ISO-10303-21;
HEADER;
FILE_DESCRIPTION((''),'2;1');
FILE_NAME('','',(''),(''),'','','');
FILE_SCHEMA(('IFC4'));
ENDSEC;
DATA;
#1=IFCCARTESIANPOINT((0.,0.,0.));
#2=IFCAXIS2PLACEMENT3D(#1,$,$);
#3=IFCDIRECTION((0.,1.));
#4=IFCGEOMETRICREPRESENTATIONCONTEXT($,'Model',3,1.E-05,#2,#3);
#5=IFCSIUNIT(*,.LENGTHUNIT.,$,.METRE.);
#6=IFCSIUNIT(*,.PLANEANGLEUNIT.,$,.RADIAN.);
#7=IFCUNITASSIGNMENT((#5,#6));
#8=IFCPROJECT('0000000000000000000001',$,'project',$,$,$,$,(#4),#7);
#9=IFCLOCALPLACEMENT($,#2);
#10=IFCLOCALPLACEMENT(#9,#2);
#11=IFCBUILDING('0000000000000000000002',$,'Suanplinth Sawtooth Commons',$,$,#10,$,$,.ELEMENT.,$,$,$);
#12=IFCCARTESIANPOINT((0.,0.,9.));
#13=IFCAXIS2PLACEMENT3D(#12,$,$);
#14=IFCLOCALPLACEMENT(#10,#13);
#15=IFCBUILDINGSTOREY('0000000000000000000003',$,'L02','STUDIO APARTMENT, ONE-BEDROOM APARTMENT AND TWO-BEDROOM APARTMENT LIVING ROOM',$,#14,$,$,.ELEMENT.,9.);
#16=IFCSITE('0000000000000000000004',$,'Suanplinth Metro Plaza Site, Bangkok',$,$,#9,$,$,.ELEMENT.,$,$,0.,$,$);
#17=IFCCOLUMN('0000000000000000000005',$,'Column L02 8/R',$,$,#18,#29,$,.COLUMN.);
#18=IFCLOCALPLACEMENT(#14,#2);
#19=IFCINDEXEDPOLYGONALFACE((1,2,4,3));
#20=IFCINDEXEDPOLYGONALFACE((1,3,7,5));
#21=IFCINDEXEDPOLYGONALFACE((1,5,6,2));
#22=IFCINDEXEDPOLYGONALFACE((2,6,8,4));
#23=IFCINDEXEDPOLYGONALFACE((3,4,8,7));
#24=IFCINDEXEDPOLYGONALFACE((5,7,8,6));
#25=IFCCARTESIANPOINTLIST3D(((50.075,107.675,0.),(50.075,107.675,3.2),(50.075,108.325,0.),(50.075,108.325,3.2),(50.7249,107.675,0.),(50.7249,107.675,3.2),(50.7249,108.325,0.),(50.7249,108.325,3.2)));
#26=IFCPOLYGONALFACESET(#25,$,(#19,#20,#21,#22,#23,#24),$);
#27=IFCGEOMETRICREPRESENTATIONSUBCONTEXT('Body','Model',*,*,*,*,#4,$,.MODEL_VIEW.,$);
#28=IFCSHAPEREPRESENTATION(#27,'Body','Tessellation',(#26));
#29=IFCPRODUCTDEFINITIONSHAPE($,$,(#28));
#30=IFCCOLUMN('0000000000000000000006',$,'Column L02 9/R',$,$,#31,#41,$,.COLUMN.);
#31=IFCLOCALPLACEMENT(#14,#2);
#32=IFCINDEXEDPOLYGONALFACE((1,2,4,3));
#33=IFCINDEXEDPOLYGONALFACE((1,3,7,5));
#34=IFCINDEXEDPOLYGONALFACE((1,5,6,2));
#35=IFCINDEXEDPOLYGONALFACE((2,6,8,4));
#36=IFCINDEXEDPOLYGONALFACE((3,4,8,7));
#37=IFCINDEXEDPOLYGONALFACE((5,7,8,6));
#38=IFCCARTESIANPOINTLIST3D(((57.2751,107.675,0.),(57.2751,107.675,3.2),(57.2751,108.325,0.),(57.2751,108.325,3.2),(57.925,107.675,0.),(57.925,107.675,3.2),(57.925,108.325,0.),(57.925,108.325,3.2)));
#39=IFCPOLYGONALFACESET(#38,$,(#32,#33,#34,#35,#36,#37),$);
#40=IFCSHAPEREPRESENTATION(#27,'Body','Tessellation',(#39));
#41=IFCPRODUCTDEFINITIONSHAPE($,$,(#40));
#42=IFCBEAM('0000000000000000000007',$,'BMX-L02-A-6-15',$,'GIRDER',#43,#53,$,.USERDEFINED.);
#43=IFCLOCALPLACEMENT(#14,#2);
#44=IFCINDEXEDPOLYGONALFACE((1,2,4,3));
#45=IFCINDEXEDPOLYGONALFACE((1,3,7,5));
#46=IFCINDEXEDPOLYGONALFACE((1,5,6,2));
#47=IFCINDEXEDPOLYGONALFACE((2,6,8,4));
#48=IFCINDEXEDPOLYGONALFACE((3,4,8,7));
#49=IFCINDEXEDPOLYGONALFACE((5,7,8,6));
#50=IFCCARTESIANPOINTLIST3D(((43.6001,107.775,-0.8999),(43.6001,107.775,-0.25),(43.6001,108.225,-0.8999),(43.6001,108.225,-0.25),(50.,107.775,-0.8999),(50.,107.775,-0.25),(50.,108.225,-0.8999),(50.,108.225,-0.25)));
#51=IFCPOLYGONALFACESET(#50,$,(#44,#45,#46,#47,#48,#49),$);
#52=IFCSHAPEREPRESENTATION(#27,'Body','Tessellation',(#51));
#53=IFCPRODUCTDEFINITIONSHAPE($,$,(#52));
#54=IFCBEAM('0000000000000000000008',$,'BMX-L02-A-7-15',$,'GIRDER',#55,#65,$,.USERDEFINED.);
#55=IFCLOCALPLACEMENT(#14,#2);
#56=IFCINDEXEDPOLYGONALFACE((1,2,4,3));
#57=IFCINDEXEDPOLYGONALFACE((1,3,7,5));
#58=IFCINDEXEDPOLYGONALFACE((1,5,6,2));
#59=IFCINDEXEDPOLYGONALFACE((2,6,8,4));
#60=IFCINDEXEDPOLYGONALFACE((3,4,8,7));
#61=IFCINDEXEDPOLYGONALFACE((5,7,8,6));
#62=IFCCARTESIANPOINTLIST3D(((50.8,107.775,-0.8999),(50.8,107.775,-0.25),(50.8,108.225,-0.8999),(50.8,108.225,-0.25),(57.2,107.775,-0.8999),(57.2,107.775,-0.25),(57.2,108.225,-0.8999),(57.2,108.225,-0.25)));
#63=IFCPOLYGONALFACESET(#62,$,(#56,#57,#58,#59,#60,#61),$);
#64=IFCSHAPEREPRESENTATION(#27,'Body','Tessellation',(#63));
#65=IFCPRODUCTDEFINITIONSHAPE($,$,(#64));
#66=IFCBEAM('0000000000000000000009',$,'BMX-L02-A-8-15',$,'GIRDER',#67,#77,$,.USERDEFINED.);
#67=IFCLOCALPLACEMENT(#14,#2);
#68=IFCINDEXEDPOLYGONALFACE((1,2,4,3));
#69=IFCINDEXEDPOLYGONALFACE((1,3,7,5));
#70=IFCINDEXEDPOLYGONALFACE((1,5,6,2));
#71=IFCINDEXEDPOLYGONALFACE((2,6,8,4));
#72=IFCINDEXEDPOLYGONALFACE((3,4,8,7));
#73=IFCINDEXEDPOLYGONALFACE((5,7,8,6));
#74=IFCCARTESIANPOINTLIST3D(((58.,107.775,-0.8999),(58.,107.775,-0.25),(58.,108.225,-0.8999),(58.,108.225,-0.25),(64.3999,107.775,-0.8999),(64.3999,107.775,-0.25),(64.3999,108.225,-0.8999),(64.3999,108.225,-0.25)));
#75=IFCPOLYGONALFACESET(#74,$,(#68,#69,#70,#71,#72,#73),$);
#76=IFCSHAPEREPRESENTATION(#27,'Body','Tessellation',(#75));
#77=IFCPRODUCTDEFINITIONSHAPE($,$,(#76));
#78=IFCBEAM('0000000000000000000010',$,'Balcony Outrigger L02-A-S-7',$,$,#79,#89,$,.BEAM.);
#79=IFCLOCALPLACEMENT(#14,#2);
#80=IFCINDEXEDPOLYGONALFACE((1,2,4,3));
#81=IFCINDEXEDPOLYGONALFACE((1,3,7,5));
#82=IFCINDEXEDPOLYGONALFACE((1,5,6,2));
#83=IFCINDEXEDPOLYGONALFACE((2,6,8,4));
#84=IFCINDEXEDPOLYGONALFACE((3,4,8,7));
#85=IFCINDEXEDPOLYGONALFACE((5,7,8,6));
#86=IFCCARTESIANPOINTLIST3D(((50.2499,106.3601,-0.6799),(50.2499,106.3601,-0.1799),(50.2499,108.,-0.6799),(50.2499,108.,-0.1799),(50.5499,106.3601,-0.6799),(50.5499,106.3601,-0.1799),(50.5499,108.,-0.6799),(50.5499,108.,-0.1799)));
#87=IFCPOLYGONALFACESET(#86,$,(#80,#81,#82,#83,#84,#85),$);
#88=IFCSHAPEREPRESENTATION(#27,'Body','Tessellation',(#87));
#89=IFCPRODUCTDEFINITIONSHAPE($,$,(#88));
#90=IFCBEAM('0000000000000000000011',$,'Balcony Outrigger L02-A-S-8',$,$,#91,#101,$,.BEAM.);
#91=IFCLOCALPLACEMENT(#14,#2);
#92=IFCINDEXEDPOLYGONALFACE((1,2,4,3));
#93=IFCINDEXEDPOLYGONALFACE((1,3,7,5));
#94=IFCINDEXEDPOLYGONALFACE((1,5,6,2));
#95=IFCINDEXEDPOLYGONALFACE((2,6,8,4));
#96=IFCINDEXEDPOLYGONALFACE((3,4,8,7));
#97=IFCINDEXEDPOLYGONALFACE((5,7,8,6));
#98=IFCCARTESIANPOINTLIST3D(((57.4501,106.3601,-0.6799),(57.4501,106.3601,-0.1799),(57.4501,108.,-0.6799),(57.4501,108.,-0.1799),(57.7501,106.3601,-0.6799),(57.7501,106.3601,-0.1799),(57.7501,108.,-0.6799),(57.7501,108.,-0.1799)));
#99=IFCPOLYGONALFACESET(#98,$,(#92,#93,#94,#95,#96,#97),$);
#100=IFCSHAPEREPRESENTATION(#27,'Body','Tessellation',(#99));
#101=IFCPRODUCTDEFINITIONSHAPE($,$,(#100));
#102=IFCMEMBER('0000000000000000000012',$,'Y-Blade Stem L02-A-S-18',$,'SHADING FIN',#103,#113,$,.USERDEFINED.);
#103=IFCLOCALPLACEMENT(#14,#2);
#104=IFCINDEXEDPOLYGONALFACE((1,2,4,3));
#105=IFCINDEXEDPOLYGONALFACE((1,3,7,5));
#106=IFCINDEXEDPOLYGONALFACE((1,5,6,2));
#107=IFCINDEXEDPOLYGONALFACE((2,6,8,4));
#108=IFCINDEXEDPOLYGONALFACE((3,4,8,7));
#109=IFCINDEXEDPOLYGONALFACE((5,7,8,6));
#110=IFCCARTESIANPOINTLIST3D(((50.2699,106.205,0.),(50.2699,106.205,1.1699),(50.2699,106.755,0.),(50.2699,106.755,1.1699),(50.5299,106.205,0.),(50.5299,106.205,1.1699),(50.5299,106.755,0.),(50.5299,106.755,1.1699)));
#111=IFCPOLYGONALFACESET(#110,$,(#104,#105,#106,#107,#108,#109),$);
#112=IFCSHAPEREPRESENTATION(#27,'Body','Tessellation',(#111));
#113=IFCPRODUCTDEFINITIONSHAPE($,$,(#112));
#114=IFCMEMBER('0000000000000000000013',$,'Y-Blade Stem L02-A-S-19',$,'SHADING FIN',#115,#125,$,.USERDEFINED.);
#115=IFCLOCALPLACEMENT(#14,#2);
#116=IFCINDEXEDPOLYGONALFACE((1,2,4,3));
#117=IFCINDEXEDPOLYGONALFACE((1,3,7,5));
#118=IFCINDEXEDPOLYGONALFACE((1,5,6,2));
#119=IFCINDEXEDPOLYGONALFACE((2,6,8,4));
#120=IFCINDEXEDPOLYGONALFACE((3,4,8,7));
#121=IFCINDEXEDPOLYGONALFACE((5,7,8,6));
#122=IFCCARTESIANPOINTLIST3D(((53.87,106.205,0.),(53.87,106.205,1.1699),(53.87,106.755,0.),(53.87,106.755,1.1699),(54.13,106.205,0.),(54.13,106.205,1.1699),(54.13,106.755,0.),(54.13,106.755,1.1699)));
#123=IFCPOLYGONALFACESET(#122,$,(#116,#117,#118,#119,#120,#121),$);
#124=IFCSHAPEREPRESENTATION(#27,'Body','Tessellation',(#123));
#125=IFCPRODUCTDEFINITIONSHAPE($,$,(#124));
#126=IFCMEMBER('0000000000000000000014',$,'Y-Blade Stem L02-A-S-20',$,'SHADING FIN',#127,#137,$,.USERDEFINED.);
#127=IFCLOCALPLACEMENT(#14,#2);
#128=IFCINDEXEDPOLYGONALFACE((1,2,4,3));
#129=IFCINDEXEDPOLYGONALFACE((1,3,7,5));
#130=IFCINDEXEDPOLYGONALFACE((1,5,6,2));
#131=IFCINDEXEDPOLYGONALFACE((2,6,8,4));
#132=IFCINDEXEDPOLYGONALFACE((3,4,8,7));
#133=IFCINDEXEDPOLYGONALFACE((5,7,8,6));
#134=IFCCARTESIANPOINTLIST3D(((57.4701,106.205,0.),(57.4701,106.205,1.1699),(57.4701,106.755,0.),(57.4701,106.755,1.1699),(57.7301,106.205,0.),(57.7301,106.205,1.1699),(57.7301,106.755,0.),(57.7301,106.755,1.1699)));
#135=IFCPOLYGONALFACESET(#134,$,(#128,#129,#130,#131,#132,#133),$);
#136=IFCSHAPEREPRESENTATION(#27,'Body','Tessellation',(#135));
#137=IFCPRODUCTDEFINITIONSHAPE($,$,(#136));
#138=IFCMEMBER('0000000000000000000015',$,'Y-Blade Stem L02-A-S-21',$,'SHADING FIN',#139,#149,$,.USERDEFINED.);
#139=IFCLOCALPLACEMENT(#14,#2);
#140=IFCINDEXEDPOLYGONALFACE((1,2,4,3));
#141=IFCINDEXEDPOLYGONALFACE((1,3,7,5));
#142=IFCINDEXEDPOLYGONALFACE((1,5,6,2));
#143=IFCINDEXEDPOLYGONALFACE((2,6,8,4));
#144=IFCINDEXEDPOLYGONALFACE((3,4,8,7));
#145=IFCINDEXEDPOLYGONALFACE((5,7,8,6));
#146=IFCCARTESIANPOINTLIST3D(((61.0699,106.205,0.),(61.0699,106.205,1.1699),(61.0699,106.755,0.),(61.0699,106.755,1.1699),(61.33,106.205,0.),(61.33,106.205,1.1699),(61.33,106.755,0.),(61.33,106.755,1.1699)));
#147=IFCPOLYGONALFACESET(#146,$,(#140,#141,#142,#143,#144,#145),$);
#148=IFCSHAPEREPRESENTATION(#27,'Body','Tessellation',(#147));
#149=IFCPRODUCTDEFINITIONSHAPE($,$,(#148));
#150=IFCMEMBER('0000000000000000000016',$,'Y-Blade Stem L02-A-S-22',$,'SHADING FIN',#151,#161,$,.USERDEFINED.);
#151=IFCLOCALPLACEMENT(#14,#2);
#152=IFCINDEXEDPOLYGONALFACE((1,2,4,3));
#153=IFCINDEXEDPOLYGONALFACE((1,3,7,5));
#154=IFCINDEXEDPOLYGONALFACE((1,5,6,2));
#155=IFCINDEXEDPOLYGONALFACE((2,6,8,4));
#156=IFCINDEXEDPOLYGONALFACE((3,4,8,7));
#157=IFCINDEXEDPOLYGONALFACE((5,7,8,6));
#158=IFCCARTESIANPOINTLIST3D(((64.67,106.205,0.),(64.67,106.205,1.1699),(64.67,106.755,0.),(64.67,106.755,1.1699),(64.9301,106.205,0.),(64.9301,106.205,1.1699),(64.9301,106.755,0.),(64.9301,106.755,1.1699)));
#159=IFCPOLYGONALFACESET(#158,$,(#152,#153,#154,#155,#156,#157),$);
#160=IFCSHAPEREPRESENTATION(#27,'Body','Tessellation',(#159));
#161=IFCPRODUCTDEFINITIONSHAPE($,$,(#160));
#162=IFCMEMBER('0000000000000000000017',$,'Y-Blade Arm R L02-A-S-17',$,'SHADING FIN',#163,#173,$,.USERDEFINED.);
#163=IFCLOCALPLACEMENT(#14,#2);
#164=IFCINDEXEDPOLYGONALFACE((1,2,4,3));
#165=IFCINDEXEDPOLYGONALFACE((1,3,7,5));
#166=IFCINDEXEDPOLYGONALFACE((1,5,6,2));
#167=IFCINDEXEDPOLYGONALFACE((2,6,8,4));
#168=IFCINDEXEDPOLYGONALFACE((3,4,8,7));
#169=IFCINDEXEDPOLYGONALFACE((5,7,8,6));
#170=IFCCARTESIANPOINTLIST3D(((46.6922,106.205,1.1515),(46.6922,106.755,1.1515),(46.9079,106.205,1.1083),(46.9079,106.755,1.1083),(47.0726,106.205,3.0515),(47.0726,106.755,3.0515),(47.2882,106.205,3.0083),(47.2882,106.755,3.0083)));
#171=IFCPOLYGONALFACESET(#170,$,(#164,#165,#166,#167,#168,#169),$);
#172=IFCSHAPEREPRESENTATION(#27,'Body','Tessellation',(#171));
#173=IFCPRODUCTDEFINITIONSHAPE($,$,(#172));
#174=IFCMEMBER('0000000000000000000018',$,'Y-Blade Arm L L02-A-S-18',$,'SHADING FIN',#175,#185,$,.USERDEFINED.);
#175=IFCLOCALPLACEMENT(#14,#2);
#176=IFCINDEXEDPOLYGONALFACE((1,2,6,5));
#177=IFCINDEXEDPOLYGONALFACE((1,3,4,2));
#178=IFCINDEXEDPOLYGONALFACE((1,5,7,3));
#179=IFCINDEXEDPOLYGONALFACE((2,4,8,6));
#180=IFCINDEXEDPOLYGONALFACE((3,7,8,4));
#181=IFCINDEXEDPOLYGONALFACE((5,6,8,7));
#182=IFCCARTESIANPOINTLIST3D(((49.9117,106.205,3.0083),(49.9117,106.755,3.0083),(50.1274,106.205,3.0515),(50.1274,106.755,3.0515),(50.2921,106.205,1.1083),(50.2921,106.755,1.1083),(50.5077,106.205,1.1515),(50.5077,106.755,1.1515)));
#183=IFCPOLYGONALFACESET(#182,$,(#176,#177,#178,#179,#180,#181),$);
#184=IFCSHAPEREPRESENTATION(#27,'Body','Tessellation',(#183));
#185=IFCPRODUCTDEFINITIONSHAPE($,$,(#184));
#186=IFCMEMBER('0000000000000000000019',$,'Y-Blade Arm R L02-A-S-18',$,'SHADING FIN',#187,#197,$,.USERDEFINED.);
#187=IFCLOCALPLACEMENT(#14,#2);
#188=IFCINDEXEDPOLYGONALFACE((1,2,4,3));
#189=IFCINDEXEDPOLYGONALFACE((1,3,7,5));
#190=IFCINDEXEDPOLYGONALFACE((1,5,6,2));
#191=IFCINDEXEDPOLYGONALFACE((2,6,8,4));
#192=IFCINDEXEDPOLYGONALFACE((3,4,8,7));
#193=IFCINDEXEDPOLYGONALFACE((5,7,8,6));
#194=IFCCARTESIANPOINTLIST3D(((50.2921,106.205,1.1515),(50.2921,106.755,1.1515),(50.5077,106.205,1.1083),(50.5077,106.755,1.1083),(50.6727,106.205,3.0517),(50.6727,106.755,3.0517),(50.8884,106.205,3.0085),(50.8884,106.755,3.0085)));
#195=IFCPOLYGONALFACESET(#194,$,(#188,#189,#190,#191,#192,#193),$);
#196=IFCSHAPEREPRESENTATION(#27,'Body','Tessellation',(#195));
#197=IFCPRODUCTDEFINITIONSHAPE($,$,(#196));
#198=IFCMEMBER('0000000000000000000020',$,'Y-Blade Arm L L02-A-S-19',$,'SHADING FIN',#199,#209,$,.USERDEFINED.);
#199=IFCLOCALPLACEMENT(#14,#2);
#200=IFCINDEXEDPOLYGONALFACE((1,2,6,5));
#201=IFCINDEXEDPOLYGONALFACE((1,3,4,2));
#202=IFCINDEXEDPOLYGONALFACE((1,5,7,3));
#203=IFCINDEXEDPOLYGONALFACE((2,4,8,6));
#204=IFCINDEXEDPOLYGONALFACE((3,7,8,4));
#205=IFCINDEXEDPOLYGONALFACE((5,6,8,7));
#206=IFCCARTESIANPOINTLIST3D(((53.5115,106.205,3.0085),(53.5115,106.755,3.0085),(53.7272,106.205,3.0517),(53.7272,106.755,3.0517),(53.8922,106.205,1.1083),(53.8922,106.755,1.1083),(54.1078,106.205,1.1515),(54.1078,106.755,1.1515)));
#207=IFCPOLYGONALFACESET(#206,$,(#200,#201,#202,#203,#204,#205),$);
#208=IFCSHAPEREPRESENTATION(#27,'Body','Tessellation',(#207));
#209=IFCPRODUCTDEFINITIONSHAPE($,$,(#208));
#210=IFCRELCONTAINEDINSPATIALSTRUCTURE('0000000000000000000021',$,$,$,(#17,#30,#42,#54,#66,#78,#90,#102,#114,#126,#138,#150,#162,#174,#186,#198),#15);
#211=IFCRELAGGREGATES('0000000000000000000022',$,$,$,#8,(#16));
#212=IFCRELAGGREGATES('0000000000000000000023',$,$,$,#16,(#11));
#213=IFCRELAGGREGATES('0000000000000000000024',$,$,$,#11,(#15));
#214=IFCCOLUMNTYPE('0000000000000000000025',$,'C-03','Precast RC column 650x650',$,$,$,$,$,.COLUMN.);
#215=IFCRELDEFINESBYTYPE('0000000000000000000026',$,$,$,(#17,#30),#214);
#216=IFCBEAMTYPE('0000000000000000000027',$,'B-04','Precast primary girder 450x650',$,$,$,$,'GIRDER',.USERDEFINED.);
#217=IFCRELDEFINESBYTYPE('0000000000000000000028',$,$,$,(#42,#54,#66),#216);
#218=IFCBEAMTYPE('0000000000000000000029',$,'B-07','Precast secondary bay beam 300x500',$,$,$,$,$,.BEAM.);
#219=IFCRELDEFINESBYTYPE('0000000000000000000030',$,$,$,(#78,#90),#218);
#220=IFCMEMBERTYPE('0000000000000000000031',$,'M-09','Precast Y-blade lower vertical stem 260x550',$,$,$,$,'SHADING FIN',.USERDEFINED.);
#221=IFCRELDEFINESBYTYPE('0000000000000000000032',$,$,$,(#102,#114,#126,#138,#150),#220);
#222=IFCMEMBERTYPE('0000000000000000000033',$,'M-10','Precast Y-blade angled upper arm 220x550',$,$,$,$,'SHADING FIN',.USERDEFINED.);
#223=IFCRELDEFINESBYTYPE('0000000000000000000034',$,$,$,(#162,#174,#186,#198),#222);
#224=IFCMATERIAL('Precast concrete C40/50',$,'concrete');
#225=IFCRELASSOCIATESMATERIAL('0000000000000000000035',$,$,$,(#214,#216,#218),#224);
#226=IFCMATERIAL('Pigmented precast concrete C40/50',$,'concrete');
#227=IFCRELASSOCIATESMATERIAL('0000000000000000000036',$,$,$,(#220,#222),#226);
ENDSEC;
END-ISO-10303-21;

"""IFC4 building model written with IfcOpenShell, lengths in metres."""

from ifc_helpers import new_model, si_unit, direction, frame, origin, origin_2d, place, context, subcontext, project, spatial, rectangle, extrude, material, material_profile, profile_set, type_object, element, save


model = new_model("IFC4")

# Units and contexts
model_context = context("Model", 3, precision=1e-05, world=origin(), true_north=direction((0.0, 1.0)))
body_context = subcontext(model_context, "Body", "Model", "MODEL_VIEW")
ifc_project = project(units=[si_unit("LENGTHUNIT", "METRE"), si_unit("PLANEANGLEUNIT", "RADIAN")], contexts=[model_context])

# Site, building, storey
site_placement = place(None, origin())
site = spatial("IfcSite", under=ifc_project, at=site_placement, Name="Suanplinth Metro Plaza Site, Bangkok", CompositionType="ELEMENT", RefElevation=0.0)
building_placement = place(site_placement, origin())
building = spatial("IfcBuilding", under=site, at=building_placement, Name="Suanplinth Sawtooth Commons", CompositionType="ELEMENT")
storey_placement = place(building_placement, frame((0.0, 0.0, 9.0)))
storey = spatial("IfcBuildingStorey", under=building, at=storey_placement, Name="L02", Description="STUDIO APARTMENT, ONE-BEDROOM APARTMENT AND TWO-BEDROOM APARTMENT LIVING ROOM", CompositionType="ELEMENT", Elevation=9.0)

# Columns
ifc_material_1 = material(Name="Precast concrete C40/50", Category="concrete")
ifc_material_profile_1 = material_profile(ifc_material_1, rectangle(XDim=0.6499, YDim=0.6499, at=origin_2d()), Name="PC-COL 650x650")
ifc_profile_set_1 = profile_set([ifc_material_profile_1], Name="Precast concrete C40/50")
column_type = type_object("IfcColumnType", Name="C-03", Description="Precast RC column 650x650", PredefinedType="COLUMN", material=ifc_profile_set_1)
for number, where, z_axis, x_axis, name in (
    (1, (50.3999, 108.0, 0.0), (0.0, 0.0, 1.0), (1.0, 0.0, 0.0), "Column L02 8/R"),
    (2, (57.6001, 108.0, 0.0), (0.0, 0.0, 1.0), (1.0, 0.0, 0.0), "Column L02 9/R"),
):
    element("IfcColumn", number, at=place(storey_placement, frame(where, z_axis=z_axis, x_axis=x_axis)), inside=storey, type_object=column_type, Name=name, PredefinedType="COLUMN", context=body_context, shape_type="SweptSolid", body=[
        extrude(rectangle(XDim=0.6499, YDim=0.6499, at=origin_2d()), origin(), (0.0, 0.0, 1.0), 3.2),
    ])

# Beams
ifc_material_profile_2 = material_profile(ifc_material_1, rectangle(XDim=0.45, YDim=0.6499, at=origin_2d()), Name="PC-GDR 450x650")
ifc_profile_set_2 = profile_set([ifc_material_profile_2], Name="Precast concrete C40/50")
beam_type_1 = type_object("IfcBeamType", Name="B-04", Description="Precast primary girder 450x650", ElementType="GIRDER", PredefinedType="USERDEFINED", material=ifc_profile_set_2)
for number, where, z_axis, x_axis, name in (
    (3, (43.6001, 108.0, -0.575), (1.0, 0.0, 0.0), (0.0, 1.0, 0.0), "BMX-L02-A-6-15"),
    (4, (50.8, 108.0, -0.575), (1.0, 0.0, 0.0), (0.0, 1.0, 0.0), "BMX-L02-A-7-15"),
    (5, (58.0, 108.0, -0.575), (1.0, 0.0, 0.0), (0.0, 1.0, 0.0), "BMX-L02-A-8-15"),
):
    element("IfcBeam", number, at=place(storey_placement, frame(where, z_axis=z_axis, x_axis=x_axis)), inside=storey, type_object=beam_type_1, Name=name, ObjectType="GIRDER", PredefinedType="USERDEFINED", context=body_context, shape_type="SweptSolid", body=[
        extrude(rectangle(XDim=0.45, YDim=0.6499, at=origin_2d()), origin(), (0.0, 0.0, 1.0), 6.3999),
    ])
ifc_material_profile_3 = material_profile(ifc_material_1, rectangle(XDim=0.3, YDim=0.5, at=origin_2d()), Name="PC-BM 300x500")
ifc_profile_set_3 = profile_set([ifc_material_profile_3], Name="Precast concrete C40/50")
beam_type_2 = type_object("IfcBeamType", Name="B-07", Description="Precast secondary bay beam 300x500", PredefinedType="BEAM", material=ifc_profile_set_3)
for number, where, z_axis, x_axis, name in (
    (6, (50.3999, 108.0, -0.4299), (0.0, -1.0, 0.0), (1.0, 0.0, 0.0), "Balcony Outrigger L02-A-S-7"),
    (7, (57.6001, 108.0, -0.4299), (0.0, -1.0, 0.0), (1.0, 0.0, 0.0), "Balcony Outrigger L02-A-S-8"),
):
    element("IfcBeam", number, at=place(storey_placement, frame(where, z_axis=z_axis, x_axis=x_axis)), inside=storey, type_object=beam_type_2, Name=name, PredefinedType="BEAM", context=body_context, shape_type="SweptSolid", body=[
        extrude(rectangle(XDim=0.3, YDim=0.5, at=origin_2d()), origin(), (0.0, 0.0, 1.0), 1.6399),
    ])

# Members
ifc_material_2 = material(Name="Pigmented precast concrete C40/50", Category="concrete")
ifc_material_profile_4 = material_profile(ifc_material_2, rectangle(XDim=0.26, YDim=0.55, at=origin_2d()), Name="PC-FIN 260x550")
ifc_profile_set_4 = profile_set([ifc_material_profile_4], Name="Pigmented precast concrete C40/50")
member_type_1 = type_object("IfcMemberType", Name="M-09", Description="Precast Y-blade lower vertical stem 260x550", ElementType="SHADING FIN", PredefinedType="USERDEFINED", material=ifc_profile_set_4)
for number, where, z_axis, x_axis, name in (
    (8, (50.3999, 106.48, 0.0), (0.0, 0.0, 1.0), (1.0, 0.0, 0.0), "Y-Blade Stem L02-A-S-18"),
    (9, (54.0, 106.48, 0.0), (0.0, 0.0, 1.0), (1.0, 0.0, 0.0), "Y-Blade Stem L02-A-S-19"),
    (10, (57.6001, 106.48, 0.0), (0.0, 0.0, 1.0), (1.0, 0.0, 0.0), "Y-Blade Stem L02-A-S-20"),
    (11, (61.2, 106.48, 0.0), (0.0, 0.0, 1.0), (1.0, 0.0, 0.0), "Y-Blade Stem L02-A-S-21"),
    (12, (64.8, 106.48, 0.0), (0.0, 0.0, 1.0), (1.0, 0.0, 0.0), "Y-Blade Stem L02-A-S-22"),
):
    element("IfcMember", number, at=place(storey_placement, frame(where, z_axis=z_axis, x_axis=x_axis)), inside=storey, type_object=member_type_1, Name=name, ObjectType="SHADING FIN", PredefinedType="USERDEFINED", context=body_context, shape_type="SweptSolid", body=[
        extrude(rectangle(XDim=0.26, YDim=0.55, at=origin_2d()), origin(), (0.0, 0.0, 1.0), 1.1699),
    ])
ifc_material_profile_5 = material_profile(ifc_material_2, rectangle(XDim=0.22, YDim=0.55, at=origin_2d()), Name="PC-FIN 220x550")
ifc_profile_set_5 = profile_set([ifc_material_profile_5], Name="Pigmented precast concrete C40/50")
member_type_2 = type_object("IfcMemberType", Name="M-10", Description="Precast Y-blade angled upper arm 220x550", ElementType="SHADING FIN", PredefinedType="USERDEFINED", material=ifc_profile_set_5)
for number, where, z_axis, x_axis, name in (
    (13, (46.8, 106.48, 1.1299), (0.196286, 0.0, 0.980547), (-0.980547, 0.0, 0.196286), "Y-Blade Arm R L02-A-S-17"),
    (14, (50.3999, 106.48, 1.1299), (-0.196286, 0.0, 0.980547), (0.980547, 0.0, 0.196286), "Y-Blade Arm L L02-A-S-18"),
):
    element("IfcMember", number, at=place(storey_placement, frame(where, z_axis=z_axis, x_axis=x_axis)), inside=storey, type_object=member_type_2, Name=name, ObjectType="SHADING FIN", PredefinedType="USERDEFINED", context=body_context, shape_type="SweptSolid", body=[
        extrude(rectangle(XDim=0.22, YDim=0.55, at=origin_2d()), origin(), (0.0, 0.0, 1.0), 1.9377),
    ])
for number, where, z_axis, x_axis, name in (
    (15, (50.3999, 106.48, 1.1299), (0.196407, 0.0, 0.980522), (-0.980522, 0.0, 0.196407), "Y-Blade Arm R L02-A-S-18"),
    (16, (54.0, 106.48, 1.1299), (-0.196407, 0.0, 0.980522), (0.980522, 0.0, 0.196407), "Y-Blade Arm L L02-A-S-19"),
):
    element("IfcMember", number, at=place(storey_placement, frame(where, z_axis=z_axis, x_axis=x_axis)), inside=storey, type_object=member_type_2, Name=name, ObjectType="SHADING FIN", PredefinedType="USERDEFINED", context=body_context, shape_type="SweptSolid", body=[
        extrude(rectangle(XDim=0.22, YDim=0.55, at=origin_2d()), origin(), (0.0, 0.0, 1.0), 1.938),
    ])

save(model, "model.ifc")
